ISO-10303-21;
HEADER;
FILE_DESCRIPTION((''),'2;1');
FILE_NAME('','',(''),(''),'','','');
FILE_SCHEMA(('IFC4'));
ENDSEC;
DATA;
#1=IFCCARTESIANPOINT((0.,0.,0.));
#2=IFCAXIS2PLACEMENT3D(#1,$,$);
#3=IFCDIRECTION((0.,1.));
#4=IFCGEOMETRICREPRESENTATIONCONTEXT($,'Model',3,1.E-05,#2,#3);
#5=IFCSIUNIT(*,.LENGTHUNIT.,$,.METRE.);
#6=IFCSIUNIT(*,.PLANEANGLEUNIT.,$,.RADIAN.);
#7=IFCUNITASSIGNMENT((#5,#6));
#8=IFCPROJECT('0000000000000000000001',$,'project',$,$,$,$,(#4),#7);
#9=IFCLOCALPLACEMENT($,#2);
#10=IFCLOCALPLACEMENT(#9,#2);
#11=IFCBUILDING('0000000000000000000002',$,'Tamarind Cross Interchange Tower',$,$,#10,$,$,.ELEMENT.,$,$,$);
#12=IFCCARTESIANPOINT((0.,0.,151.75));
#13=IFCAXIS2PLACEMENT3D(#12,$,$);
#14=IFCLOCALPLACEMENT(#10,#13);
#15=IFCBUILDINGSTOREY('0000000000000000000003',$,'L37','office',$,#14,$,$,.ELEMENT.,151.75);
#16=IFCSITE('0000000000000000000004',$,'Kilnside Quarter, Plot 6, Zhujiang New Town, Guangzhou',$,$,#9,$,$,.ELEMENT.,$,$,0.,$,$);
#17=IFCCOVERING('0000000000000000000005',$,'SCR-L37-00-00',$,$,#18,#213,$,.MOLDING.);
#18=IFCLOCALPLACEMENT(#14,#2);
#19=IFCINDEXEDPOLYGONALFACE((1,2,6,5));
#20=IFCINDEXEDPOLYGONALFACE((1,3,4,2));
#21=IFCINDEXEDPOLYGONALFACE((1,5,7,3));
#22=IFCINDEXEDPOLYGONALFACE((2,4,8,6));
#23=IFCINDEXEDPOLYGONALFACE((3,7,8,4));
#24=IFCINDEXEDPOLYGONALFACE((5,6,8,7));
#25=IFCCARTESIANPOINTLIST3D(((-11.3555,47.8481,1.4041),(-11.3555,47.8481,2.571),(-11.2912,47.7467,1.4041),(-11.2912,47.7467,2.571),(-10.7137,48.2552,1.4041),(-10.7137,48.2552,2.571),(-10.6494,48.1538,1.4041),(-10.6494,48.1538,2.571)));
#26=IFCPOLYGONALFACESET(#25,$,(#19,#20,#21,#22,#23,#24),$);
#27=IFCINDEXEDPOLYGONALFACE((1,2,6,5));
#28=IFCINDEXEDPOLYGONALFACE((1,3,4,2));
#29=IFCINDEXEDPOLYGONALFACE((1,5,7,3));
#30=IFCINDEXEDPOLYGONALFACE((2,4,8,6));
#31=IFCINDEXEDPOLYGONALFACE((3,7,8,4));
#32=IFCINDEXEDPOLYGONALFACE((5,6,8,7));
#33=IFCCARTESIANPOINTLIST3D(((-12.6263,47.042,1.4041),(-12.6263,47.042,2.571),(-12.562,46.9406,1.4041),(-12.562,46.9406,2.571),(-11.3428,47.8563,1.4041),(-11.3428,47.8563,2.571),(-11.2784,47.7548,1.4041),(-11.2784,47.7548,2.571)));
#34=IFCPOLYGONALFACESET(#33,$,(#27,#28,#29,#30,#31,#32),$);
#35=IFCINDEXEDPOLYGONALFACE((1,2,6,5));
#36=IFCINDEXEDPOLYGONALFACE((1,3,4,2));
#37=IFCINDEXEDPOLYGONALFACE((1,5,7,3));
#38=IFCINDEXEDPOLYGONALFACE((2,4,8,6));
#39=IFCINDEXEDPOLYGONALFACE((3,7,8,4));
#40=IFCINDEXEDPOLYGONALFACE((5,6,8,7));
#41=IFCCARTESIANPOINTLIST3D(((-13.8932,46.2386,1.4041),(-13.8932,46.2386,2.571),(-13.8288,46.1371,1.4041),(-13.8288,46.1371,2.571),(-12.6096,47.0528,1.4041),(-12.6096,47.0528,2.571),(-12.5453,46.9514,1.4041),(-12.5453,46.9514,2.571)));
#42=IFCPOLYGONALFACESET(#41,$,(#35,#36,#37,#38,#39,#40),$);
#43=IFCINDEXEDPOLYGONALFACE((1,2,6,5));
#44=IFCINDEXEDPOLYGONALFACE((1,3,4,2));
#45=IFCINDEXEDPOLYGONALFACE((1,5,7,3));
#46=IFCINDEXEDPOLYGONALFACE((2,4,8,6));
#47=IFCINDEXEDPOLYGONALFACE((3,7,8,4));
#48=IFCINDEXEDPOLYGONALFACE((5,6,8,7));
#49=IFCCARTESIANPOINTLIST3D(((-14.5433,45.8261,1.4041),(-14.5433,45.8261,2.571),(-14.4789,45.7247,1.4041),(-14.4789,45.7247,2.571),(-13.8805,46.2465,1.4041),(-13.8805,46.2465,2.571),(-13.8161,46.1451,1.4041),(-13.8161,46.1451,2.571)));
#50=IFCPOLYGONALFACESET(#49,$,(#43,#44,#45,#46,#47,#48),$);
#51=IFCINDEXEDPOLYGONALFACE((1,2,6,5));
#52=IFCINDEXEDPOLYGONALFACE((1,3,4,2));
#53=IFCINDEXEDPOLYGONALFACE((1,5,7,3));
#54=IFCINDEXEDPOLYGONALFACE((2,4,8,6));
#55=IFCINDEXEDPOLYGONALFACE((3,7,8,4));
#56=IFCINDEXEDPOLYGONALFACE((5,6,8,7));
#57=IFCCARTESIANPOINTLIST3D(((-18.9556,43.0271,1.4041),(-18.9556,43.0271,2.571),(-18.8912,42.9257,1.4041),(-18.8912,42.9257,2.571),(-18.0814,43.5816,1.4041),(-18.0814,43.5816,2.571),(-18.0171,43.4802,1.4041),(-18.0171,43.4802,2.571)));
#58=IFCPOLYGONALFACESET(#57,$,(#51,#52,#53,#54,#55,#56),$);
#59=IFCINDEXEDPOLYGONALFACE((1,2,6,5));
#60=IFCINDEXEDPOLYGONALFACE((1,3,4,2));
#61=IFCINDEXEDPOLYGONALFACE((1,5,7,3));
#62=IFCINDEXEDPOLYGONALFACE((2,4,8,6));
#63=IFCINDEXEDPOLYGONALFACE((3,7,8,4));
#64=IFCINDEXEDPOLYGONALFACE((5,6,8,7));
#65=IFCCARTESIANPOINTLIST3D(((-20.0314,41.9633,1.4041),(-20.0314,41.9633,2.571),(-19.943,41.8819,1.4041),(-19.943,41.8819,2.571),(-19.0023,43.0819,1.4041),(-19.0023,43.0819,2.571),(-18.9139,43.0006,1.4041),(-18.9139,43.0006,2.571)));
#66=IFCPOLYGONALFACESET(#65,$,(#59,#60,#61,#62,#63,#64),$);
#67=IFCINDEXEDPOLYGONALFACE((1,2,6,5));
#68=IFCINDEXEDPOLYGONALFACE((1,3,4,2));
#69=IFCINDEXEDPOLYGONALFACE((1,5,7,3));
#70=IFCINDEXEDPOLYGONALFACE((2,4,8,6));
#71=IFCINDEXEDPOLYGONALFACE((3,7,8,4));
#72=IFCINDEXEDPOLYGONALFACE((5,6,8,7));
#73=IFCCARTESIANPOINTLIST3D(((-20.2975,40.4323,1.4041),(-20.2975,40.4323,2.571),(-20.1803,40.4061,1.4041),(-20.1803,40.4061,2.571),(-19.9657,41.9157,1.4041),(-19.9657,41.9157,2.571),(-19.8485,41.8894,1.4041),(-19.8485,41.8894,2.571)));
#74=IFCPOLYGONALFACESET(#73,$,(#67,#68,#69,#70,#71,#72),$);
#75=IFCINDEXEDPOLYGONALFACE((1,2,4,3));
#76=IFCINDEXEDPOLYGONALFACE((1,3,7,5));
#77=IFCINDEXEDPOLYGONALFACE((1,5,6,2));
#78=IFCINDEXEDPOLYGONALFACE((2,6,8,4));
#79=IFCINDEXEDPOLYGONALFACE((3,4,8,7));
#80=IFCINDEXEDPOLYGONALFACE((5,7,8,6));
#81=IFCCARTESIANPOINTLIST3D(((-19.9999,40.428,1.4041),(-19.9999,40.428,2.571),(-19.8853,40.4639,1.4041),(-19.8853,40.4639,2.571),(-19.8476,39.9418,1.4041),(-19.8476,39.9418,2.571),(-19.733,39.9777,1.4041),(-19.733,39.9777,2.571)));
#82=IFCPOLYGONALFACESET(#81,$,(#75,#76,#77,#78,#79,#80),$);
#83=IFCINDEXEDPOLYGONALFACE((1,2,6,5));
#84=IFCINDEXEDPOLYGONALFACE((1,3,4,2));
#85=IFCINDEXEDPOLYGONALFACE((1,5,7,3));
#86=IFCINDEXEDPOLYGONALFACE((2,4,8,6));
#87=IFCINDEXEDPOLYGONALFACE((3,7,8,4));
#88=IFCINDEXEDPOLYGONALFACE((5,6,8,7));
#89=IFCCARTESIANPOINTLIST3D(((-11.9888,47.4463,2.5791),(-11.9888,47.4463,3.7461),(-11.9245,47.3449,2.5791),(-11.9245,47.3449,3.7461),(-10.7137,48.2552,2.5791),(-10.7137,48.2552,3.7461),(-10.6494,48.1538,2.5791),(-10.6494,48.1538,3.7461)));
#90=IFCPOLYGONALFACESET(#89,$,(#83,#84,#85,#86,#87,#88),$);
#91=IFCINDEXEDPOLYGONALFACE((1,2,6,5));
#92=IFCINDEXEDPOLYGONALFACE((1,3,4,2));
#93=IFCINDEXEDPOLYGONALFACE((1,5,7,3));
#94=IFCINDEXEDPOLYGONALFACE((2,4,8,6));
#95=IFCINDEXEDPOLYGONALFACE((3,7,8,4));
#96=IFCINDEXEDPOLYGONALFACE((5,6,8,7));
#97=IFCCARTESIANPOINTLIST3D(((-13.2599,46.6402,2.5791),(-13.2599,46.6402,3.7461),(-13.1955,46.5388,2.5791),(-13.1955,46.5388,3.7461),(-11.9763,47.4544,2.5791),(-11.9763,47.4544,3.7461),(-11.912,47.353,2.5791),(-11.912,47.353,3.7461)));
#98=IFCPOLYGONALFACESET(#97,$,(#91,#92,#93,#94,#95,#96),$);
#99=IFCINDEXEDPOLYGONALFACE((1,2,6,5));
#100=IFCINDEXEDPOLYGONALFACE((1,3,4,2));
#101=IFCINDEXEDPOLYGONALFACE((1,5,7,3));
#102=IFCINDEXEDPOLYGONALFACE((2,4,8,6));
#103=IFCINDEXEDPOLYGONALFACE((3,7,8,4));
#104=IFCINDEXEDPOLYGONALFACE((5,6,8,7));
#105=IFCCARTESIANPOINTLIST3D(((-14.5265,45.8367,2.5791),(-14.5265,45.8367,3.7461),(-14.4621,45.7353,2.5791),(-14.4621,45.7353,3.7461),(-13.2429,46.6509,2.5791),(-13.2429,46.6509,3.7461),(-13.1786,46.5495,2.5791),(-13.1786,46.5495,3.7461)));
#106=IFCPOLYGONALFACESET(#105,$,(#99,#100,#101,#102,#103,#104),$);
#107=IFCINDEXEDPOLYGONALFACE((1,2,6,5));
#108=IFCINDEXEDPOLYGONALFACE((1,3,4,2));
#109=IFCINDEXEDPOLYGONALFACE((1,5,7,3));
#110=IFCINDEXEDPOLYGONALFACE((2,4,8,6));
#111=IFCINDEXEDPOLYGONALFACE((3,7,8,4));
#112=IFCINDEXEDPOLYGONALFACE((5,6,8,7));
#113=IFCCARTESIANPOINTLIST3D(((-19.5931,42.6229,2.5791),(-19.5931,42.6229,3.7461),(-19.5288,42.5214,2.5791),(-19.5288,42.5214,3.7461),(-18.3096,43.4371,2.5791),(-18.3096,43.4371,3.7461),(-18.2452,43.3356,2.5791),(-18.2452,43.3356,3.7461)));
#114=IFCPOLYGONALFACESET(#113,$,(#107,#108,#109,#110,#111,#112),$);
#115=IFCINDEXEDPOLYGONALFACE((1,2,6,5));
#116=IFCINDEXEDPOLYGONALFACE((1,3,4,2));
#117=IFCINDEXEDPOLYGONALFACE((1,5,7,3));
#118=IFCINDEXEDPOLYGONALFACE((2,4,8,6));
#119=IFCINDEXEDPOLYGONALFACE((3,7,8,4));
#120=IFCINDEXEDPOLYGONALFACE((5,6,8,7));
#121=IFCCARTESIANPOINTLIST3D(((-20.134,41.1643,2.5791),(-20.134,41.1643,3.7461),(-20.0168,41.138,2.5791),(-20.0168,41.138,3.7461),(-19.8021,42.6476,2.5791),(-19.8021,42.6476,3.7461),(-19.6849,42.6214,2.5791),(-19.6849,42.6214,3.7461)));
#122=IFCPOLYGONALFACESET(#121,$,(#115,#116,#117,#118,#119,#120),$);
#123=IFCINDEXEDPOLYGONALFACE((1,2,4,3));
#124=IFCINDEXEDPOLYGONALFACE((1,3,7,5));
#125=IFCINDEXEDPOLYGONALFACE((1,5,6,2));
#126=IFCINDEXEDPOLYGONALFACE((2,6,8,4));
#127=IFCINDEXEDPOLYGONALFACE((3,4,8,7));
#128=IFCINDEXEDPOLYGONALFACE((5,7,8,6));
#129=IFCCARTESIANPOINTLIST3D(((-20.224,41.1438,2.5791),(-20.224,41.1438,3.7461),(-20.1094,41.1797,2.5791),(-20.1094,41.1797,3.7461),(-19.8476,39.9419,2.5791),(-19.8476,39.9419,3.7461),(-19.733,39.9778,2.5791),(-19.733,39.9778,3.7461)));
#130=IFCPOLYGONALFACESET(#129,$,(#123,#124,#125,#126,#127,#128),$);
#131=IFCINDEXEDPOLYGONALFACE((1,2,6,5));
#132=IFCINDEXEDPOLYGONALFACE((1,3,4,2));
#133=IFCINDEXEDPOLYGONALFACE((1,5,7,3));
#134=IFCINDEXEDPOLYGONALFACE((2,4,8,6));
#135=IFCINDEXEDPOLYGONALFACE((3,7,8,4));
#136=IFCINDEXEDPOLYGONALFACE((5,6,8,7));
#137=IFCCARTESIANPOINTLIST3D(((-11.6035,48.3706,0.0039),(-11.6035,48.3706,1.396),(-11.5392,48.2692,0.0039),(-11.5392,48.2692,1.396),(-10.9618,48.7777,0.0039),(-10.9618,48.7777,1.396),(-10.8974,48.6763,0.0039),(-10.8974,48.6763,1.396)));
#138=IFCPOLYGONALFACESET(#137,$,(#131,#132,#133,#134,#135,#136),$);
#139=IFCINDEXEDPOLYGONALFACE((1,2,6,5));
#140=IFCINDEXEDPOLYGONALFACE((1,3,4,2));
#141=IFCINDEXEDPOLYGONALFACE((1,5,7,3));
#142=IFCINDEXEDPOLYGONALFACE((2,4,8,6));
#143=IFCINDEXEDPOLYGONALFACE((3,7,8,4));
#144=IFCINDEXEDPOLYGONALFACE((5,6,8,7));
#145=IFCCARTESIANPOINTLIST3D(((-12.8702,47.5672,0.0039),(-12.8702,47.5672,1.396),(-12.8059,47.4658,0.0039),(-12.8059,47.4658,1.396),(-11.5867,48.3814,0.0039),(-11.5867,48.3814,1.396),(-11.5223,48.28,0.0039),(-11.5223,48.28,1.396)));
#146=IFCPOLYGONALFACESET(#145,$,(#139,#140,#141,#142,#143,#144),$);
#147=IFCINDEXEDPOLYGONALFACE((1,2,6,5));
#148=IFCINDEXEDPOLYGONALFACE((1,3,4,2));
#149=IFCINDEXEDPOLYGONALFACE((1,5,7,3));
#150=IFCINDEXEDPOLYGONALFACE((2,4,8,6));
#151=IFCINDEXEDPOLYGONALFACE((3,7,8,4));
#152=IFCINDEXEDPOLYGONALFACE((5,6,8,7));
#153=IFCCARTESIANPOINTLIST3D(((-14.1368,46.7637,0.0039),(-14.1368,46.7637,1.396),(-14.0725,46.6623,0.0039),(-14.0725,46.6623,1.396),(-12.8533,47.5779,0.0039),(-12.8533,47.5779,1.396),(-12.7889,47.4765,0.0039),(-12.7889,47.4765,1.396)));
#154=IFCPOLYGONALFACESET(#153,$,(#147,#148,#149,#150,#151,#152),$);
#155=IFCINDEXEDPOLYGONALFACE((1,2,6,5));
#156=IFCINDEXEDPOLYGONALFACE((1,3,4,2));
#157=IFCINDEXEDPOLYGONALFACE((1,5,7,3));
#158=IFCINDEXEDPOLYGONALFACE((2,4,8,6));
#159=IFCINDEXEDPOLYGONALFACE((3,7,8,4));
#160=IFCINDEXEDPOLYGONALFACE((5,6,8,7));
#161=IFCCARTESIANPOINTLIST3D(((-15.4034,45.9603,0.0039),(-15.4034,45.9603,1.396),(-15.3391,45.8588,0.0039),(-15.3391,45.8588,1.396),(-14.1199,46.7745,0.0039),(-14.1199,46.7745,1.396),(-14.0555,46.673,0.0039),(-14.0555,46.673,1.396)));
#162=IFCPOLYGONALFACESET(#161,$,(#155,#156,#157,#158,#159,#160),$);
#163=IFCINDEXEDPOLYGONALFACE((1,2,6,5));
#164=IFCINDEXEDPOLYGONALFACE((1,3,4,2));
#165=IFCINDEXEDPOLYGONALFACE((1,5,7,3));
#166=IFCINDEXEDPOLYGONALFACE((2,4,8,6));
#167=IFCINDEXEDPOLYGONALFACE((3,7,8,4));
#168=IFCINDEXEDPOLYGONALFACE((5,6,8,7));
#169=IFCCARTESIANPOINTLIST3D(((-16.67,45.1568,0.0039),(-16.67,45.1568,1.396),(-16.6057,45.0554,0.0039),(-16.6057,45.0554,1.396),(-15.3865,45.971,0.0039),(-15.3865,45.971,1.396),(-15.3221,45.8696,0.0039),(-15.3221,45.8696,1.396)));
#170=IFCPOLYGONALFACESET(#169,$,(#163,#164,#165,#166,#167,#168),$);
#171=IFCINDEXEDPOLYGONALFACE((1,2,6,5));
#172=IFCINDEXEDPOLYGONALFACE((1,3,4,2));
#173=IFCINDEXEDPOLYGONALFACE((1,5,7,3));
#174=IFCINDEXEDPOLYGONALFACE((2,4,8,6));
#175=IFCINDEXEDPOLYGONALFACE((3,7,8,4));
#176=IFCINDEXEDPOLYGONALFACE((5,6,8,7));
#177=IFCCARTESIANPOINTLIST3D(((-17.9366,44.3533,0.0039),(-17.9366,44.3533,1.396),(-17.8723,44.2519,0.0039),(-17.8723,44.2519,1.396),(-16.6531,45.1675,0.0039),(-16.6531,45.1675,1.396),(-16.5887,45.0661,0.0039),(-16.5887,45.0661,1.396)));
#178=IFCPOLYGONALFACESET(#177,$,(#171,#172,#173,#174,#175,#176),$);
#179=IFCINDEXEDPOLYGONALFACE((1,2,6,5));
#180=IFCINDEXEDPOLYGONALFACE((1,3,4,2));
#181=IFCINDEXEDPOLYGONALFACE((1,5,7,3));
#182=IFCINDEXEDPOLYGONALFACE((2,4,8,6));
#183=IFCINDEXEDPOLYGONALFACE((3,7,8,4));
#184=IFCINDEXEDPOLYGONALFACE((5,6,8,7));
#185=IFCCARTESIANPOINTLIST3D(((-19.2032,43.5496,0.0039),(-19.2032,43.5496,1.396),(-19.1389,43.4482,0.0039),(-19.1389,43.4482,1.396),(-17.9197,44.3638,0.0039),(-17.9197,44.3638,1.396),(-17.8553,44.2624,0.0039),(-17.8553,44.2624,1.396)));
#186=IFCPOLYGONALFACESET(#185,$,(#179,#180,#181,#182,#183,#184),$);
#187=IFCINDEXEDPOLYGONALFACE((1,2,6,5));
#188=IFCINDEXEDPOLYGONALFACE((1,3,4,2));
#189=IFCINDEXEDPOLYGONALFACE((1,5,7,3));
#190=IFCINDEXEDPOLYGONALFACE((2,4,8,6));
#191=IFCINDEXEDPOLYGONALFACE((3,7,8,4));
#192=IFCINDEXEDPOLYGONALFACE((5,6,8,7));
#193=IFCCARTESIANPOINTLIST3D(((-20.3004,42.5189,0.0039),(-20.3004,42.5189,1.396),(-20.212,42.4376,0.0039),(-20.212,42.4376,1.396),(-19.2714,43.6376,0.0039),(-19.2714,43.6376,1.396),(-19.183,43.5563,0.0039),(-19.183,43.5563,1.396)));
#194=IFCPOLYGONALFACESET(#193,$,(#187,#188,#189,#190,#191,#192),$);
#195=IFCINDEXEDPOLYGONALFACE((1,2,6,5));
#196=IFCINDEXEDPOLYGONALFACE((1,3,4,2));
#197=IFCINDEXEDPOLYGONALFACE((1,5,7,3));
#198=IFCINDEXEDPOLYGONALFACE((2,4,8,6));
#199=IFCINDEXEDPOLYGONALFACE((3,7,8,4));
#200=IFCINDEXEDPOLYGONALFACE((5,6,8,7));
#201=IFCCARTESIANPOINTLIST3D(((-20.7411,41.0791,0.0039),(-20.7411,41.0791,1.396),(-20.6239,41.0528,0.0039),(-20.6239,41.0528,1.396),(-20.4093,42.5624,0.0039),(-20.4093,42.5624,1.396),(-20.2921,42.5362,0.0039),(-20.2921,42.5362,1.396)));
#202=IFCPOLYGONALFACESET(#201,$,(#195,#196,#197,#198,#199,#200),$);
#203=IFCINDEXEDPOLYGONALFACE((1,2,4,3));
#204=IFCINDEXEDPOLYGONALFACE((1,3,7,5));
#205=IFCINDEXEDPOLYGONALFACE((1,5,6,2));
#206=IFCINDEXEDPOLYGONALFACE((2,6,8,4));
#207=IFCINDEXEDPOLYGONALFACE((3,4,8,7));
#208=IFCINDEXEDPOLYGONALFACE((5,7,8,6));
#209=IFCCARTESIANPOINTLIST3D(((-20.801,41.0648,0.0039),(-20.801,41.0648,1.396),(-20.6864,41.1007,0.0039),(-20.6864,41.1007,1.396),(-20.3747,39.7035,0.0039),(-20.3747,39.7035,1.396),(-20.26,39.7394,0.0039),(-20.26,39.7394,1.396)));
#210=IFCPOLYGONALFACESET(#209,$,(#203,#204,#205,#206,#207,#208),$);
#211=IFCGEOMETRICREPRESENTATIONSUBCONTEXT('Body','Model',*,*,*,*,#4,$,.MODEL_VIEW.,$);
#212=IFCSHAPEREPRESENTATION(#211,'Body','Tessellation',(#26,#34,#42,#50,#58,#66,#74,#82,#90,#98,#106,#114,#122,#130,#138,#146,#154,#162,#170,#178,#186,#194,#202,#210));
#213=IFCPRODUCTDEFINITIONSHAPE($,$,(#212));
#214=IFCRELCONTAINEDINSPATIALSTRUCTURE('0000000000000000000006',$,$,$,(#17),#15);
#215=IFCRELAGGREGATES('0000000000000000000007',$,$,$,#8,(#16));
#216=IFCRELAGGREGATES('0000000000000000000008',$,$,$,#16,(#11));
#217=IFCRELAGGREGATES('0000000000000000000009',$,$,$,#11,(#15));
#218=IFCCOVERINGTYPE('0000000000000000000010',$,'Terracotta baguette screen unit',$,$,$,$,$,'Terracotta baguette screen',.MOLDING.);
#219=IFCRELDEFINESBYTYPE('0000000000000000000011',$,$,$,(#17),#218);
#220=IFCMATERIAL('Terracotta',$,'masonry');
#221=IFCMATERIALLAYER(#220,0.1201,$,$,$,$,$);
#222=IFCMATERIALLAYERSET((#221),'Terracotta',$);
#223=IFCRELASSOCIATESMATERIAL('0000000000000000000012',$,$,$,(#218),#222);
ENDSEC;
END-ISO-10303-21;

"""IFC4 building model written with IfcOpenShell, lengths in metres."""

from ifc_helpers import new_model, si_unit, direction, frame, origin, origin_2d, place, context, subcontext, project, spatial, rectangle, extrude, material, layer, layer_set, type_object, element, save


model = new_model("IFC4")

# Units and contexts
model_context = context("Model", 3, precision=1e-05, world=origin(), true_north=direction((0.0, 1.0)))
body_context = subcontext(model_context, "Body", "Model", "MODEL_VIEW")
ifc_project = project(units=[si_unit("LENGTHUNIT", "METRE"), si_unit("PLANEANGLEUNIT", "RADIAN")], contexts=[model_context])

# Site, building, storey
site_placement = place(None, origin())
site = spatial("IfcSite", under=ifc_project, at=site_placement, Name="Kilnside Quarter, Plot 6, Zhujiang New Town, Guangzhou", CompositionType="ELEMENT", RefElevation=0.0)
building_placement = place(site_placement, origin())
building = spatial("IfcBuilding", under=site, at=building_placement, Name="Tamarind Cross Interchange Tower", CompositionType="ELEMENT")
storey_placement = place(building_placement, frame((0.0, 0.0, 151.75)))
storey = spatial("IfcBuildingStorey", under=building, at=storey_placement, Name="L37", Description="office", CompositionType="ELEMENT", Elevation=151.75)

# Covering
ifc_material_1 = material(Name="Terracotta", Category="masonry")
ifc_layer_1 = layer(ifc_material_1, 0.1201)
ifc_layer_set_1 = layer_set([ifc_layer_1], Name="Terracotta")
covering_type = type_object("IfcCoveringType", Name="Terracotta baguette screen unit", ElementType="Terracotta baguette screen", PredefinedType="MOLDING", material=ifc_layer_set_1)
covering_1_placement = place(storey_placement, origin())
element("IfcCovering", 1, at=covering_1_placement, inside=storey, type_object=covering_type, Name="SCR-L37-00-00", PredefinedType="MOLDING", context=body_context, shape_type="SweptSolid", body=[
    extrude(rectangle(XDim=0.76, YDim=0.1201, at=origin_2d()), frame((-11.0024, 48.001, 1.4041), z_axis=(0.0, 0.0, 1.0), x_axis=(-0.844433, -0.535662, 0.0)), (0.0, 0.0, 1.0), 1.167),
    extrude(rectangle(XDim=1.52, YDim=0.1201, at=origin_2d()), frame((-11.9524, 47.3984, 1.4041), z_axis=(0.0, 0.0, 1.0), x_axis=(-0.844433, -0.535662, 0.0)), (0.0, 0.0, 1.0), 1.167),
    extrude(rectangle(XDim=1.52, YDim=0.1201, at=origin_2d()), frame((-13.2192, 46.595, 1.4041), z_axis=(0.0, 0.0, 1.0), x_axis=(-0.844433, -0.535662, 0.0)), (0.0, 0.0, 1.0), 1.167),
    extrude(rectangle(XDim=0.7849, YDim=0.1201, at=origin_2d()), frame((-14.1797, 45.9856, 1.4041), z_axis=(0.0, 0.0, 1.0), x_axis=(-0.844433, -0.535662, 0.0)), (0.0, 0.0, 1.0), 1.167),
    extrude(rectangle(XDim=1.0352, YDim=0.1201, at=origin_2d()), frame((-18.4863, 43.2537, 1.4041), z_axis=(0.0, 0.0, 1.0), x_axis=(-0.844433, -0.535662, 0.0)), (0.0, 0.0, 1.0), 1.167),
    extrude(rectangle(XDim=1.52, YDim=0.1201, at=origin_2d()), frame((-19.4727, 42.4819, 1.4041), z_axis=(0.0, 0.0, 1.0), x_axis=(-0.67702, -0.735965, 0.0)), (0.0, 0.0, 1.0), 1.167),
    extrude(rectangle(XDim=1.52, YDim=0.1201, at=origin_2d()), frame((-20.073, 41.1609, 1.4041), z_axis=(0.0, 0.0, 1.0), x_axis=(-0.218334, -0.975874, 0.0)), (0.0, 0.0, 1.0), 1.167),
    extrude(rectangle(XDim=0.5095, YDim=0.1201, at=origin_2d()), frame((-19.8665, 40.2029, 1.4041), z_axis=(0.0, 0.0, 1.0), x_axis=(0.298854, -0.954299, 0.0)), (0.0, 0.0, 1.0), 1.167),
    extrude(rectangle(XDim=1.51, YDim=0.1201, at=origin_2d()), frame((-11.3191, 47.8, 2.5791), z_axis=(0.0, 0.0, 1.0), x_axis=(-0.844433, -0.535662, 0.0)), (0.0, 0.0, 1.0), 1.167),
    extrude(rectangle(XDim=1.52, YDim=0.1201, at=origin_2d()), frame((-12.5859, 46.9966, 2.5791), z_axis=(0.0, 0.0, 1.0), x_axis=(-0.844433, -0.535662, 0.0)), (0.0, 0.0, 1.0), 1.167),
    extrude(rectangle(XDim=1.52, YDim=0.1201, at=origin_2d()), frame((-13.8525, 46.1931, 2.5791), z_axis=(0.0, 0.0, 1.0), x_axis=(-0.844433, -0.535662, 0.0)), (0.0, 0.0, 1.0), 1.167),
    extrude(rectangle(XDim=1.52, YDim=0.1201, at=origin_2d()), frame((-18.9192, 42.9792, 2.5791), z_axis=(0.0, 0.0, 1.0), x_axis=(-0.844433, -0.535662, 0.0)), (0.0, 0.0, 1.0), 1.167),
    extrude(rectangle(XDim=1.52, YDim=0.1201, at=origin_2d()), frame((-19.9094, 41.8928, 2.5791), z_axis=(0.0, 0.0, 1.0), x_axis=(-0.218334, -0.975874, 0.0)), (0.0, 0.0, 1.0), 1.167),
    extrude(rectangle(XDim=1.2595, YDim=0.1201, at=origin_2d()), frame((-19.9785, 40.5608, 2.5791), z_axis=(0.0, 0.0, 1.0), x_axis=(0.298854, -0.954299, 0.0)), (0.0, 0.0, 1.0), 1.167),
    extrude(rectangle(XDim=0.76, YDim=0.1201, at=origin_2d()), frame((-11.2505, 48.5234, 0.0039), z_axis=(0.0, 0.0, 1.0), x_axis=(-0.844433, -0.535662, 0.0)), (0.0, 0.0, 1.0), 1.3921),
    extrude(rectangle(XDim=1.52, YDim=0.1201, at=origin_2d()), frame((-12.1963, 47.9236, 0.0039), z_axis=(0.0, 0.0, 1.0), x_axis=(-0.844433, -0.535662, 0.0)), (0.0, 0.0, 1.0), 1.3921),
    extrude(rectangle(XDim=1.52, YDim=0.1201, at=origin_2d()), frame((-13.4629, 47.1201, 0.0039), z_axis=(0.0, 0.0, 1.0), x_axis=(-0.844433, -0.535662, 0.0)), (0.0, 0.0, 1.0), 1.3921),
    extrude(rectangle(XDim=1.52, YDim=0.1201, at=origin_2d()), frame((-14.7295, 46.3167, 0.0039), z_axis=(0.0, 0.0, 1.0), x_axis=(-0.844433, -0.535662, 0.0)), (0.0, 0.0, 1.0), 1.3921),
    extrude(rectangle(XDim=1.52, YDim=0.1201, at=origin_2d()), frame((-15.9961, 45.5132, 0.0039), z_axis=(0.0, 0.0, 1.0), x_axis=(-0.844433, -0.535662, 0.0)), (0.0, 0.0, 1.0), 1.3921),
    extrude(rectangle(XDim=1.52, YDim=0.1201, at=origin_2d()), frame((-17.2627, 44.7097, 0.0039), z_axis=(0.0, 0.0, 1.0), x_axis=(-0.844433, -0.535662, 0.0)), (0.0, 0.0, 1.0), 1.3921),
    extrude(rectangle(XDim=1.52, YDim=0.1201, at=origin_2d()), frame((-18.5293, 43.906, 0.0039), z_axis=(0.0, 0.0, 1.0), x_axis=(-0.844433, -0.535662, 0.0)), (0.0, 0.0, 1.0), 1.3921),
    extrude(rectangle(XDim=1.52, YDim=0.1201, at=origin_2d()), frame((-19.7417, 43.0376, 0.0039), z_axis=(0.0, 0.0, 1.0), x_axis=(-0.67702, -0.735965, 0.0)), (0.0, 0.0, 1.0), 1.3921),
    extrude(rectangle(XDim=1.52, YDim=0.1201, at=origin_2d()), frame((-20.5166, 41.8076, 0.0039), z_axis=(0.0, 0.0, 1.0), x_axis=(-0.218334, -0.975874, 0.0)), (0.0, 0.0, 1.0), 1.3921),
    extrude(rectangle(XDim=1.4265, YDim=0.1201, at=origin_2d()), frame((-20.5305, 40.4021, 0.0039), z_axis=(0.0, 0.0, 1.0), x_axis=(0.298854, -0.954299, 0.0)), (0.0, 0.0, 1.0), 1.3921),
])

save(model, "model.ifc")
